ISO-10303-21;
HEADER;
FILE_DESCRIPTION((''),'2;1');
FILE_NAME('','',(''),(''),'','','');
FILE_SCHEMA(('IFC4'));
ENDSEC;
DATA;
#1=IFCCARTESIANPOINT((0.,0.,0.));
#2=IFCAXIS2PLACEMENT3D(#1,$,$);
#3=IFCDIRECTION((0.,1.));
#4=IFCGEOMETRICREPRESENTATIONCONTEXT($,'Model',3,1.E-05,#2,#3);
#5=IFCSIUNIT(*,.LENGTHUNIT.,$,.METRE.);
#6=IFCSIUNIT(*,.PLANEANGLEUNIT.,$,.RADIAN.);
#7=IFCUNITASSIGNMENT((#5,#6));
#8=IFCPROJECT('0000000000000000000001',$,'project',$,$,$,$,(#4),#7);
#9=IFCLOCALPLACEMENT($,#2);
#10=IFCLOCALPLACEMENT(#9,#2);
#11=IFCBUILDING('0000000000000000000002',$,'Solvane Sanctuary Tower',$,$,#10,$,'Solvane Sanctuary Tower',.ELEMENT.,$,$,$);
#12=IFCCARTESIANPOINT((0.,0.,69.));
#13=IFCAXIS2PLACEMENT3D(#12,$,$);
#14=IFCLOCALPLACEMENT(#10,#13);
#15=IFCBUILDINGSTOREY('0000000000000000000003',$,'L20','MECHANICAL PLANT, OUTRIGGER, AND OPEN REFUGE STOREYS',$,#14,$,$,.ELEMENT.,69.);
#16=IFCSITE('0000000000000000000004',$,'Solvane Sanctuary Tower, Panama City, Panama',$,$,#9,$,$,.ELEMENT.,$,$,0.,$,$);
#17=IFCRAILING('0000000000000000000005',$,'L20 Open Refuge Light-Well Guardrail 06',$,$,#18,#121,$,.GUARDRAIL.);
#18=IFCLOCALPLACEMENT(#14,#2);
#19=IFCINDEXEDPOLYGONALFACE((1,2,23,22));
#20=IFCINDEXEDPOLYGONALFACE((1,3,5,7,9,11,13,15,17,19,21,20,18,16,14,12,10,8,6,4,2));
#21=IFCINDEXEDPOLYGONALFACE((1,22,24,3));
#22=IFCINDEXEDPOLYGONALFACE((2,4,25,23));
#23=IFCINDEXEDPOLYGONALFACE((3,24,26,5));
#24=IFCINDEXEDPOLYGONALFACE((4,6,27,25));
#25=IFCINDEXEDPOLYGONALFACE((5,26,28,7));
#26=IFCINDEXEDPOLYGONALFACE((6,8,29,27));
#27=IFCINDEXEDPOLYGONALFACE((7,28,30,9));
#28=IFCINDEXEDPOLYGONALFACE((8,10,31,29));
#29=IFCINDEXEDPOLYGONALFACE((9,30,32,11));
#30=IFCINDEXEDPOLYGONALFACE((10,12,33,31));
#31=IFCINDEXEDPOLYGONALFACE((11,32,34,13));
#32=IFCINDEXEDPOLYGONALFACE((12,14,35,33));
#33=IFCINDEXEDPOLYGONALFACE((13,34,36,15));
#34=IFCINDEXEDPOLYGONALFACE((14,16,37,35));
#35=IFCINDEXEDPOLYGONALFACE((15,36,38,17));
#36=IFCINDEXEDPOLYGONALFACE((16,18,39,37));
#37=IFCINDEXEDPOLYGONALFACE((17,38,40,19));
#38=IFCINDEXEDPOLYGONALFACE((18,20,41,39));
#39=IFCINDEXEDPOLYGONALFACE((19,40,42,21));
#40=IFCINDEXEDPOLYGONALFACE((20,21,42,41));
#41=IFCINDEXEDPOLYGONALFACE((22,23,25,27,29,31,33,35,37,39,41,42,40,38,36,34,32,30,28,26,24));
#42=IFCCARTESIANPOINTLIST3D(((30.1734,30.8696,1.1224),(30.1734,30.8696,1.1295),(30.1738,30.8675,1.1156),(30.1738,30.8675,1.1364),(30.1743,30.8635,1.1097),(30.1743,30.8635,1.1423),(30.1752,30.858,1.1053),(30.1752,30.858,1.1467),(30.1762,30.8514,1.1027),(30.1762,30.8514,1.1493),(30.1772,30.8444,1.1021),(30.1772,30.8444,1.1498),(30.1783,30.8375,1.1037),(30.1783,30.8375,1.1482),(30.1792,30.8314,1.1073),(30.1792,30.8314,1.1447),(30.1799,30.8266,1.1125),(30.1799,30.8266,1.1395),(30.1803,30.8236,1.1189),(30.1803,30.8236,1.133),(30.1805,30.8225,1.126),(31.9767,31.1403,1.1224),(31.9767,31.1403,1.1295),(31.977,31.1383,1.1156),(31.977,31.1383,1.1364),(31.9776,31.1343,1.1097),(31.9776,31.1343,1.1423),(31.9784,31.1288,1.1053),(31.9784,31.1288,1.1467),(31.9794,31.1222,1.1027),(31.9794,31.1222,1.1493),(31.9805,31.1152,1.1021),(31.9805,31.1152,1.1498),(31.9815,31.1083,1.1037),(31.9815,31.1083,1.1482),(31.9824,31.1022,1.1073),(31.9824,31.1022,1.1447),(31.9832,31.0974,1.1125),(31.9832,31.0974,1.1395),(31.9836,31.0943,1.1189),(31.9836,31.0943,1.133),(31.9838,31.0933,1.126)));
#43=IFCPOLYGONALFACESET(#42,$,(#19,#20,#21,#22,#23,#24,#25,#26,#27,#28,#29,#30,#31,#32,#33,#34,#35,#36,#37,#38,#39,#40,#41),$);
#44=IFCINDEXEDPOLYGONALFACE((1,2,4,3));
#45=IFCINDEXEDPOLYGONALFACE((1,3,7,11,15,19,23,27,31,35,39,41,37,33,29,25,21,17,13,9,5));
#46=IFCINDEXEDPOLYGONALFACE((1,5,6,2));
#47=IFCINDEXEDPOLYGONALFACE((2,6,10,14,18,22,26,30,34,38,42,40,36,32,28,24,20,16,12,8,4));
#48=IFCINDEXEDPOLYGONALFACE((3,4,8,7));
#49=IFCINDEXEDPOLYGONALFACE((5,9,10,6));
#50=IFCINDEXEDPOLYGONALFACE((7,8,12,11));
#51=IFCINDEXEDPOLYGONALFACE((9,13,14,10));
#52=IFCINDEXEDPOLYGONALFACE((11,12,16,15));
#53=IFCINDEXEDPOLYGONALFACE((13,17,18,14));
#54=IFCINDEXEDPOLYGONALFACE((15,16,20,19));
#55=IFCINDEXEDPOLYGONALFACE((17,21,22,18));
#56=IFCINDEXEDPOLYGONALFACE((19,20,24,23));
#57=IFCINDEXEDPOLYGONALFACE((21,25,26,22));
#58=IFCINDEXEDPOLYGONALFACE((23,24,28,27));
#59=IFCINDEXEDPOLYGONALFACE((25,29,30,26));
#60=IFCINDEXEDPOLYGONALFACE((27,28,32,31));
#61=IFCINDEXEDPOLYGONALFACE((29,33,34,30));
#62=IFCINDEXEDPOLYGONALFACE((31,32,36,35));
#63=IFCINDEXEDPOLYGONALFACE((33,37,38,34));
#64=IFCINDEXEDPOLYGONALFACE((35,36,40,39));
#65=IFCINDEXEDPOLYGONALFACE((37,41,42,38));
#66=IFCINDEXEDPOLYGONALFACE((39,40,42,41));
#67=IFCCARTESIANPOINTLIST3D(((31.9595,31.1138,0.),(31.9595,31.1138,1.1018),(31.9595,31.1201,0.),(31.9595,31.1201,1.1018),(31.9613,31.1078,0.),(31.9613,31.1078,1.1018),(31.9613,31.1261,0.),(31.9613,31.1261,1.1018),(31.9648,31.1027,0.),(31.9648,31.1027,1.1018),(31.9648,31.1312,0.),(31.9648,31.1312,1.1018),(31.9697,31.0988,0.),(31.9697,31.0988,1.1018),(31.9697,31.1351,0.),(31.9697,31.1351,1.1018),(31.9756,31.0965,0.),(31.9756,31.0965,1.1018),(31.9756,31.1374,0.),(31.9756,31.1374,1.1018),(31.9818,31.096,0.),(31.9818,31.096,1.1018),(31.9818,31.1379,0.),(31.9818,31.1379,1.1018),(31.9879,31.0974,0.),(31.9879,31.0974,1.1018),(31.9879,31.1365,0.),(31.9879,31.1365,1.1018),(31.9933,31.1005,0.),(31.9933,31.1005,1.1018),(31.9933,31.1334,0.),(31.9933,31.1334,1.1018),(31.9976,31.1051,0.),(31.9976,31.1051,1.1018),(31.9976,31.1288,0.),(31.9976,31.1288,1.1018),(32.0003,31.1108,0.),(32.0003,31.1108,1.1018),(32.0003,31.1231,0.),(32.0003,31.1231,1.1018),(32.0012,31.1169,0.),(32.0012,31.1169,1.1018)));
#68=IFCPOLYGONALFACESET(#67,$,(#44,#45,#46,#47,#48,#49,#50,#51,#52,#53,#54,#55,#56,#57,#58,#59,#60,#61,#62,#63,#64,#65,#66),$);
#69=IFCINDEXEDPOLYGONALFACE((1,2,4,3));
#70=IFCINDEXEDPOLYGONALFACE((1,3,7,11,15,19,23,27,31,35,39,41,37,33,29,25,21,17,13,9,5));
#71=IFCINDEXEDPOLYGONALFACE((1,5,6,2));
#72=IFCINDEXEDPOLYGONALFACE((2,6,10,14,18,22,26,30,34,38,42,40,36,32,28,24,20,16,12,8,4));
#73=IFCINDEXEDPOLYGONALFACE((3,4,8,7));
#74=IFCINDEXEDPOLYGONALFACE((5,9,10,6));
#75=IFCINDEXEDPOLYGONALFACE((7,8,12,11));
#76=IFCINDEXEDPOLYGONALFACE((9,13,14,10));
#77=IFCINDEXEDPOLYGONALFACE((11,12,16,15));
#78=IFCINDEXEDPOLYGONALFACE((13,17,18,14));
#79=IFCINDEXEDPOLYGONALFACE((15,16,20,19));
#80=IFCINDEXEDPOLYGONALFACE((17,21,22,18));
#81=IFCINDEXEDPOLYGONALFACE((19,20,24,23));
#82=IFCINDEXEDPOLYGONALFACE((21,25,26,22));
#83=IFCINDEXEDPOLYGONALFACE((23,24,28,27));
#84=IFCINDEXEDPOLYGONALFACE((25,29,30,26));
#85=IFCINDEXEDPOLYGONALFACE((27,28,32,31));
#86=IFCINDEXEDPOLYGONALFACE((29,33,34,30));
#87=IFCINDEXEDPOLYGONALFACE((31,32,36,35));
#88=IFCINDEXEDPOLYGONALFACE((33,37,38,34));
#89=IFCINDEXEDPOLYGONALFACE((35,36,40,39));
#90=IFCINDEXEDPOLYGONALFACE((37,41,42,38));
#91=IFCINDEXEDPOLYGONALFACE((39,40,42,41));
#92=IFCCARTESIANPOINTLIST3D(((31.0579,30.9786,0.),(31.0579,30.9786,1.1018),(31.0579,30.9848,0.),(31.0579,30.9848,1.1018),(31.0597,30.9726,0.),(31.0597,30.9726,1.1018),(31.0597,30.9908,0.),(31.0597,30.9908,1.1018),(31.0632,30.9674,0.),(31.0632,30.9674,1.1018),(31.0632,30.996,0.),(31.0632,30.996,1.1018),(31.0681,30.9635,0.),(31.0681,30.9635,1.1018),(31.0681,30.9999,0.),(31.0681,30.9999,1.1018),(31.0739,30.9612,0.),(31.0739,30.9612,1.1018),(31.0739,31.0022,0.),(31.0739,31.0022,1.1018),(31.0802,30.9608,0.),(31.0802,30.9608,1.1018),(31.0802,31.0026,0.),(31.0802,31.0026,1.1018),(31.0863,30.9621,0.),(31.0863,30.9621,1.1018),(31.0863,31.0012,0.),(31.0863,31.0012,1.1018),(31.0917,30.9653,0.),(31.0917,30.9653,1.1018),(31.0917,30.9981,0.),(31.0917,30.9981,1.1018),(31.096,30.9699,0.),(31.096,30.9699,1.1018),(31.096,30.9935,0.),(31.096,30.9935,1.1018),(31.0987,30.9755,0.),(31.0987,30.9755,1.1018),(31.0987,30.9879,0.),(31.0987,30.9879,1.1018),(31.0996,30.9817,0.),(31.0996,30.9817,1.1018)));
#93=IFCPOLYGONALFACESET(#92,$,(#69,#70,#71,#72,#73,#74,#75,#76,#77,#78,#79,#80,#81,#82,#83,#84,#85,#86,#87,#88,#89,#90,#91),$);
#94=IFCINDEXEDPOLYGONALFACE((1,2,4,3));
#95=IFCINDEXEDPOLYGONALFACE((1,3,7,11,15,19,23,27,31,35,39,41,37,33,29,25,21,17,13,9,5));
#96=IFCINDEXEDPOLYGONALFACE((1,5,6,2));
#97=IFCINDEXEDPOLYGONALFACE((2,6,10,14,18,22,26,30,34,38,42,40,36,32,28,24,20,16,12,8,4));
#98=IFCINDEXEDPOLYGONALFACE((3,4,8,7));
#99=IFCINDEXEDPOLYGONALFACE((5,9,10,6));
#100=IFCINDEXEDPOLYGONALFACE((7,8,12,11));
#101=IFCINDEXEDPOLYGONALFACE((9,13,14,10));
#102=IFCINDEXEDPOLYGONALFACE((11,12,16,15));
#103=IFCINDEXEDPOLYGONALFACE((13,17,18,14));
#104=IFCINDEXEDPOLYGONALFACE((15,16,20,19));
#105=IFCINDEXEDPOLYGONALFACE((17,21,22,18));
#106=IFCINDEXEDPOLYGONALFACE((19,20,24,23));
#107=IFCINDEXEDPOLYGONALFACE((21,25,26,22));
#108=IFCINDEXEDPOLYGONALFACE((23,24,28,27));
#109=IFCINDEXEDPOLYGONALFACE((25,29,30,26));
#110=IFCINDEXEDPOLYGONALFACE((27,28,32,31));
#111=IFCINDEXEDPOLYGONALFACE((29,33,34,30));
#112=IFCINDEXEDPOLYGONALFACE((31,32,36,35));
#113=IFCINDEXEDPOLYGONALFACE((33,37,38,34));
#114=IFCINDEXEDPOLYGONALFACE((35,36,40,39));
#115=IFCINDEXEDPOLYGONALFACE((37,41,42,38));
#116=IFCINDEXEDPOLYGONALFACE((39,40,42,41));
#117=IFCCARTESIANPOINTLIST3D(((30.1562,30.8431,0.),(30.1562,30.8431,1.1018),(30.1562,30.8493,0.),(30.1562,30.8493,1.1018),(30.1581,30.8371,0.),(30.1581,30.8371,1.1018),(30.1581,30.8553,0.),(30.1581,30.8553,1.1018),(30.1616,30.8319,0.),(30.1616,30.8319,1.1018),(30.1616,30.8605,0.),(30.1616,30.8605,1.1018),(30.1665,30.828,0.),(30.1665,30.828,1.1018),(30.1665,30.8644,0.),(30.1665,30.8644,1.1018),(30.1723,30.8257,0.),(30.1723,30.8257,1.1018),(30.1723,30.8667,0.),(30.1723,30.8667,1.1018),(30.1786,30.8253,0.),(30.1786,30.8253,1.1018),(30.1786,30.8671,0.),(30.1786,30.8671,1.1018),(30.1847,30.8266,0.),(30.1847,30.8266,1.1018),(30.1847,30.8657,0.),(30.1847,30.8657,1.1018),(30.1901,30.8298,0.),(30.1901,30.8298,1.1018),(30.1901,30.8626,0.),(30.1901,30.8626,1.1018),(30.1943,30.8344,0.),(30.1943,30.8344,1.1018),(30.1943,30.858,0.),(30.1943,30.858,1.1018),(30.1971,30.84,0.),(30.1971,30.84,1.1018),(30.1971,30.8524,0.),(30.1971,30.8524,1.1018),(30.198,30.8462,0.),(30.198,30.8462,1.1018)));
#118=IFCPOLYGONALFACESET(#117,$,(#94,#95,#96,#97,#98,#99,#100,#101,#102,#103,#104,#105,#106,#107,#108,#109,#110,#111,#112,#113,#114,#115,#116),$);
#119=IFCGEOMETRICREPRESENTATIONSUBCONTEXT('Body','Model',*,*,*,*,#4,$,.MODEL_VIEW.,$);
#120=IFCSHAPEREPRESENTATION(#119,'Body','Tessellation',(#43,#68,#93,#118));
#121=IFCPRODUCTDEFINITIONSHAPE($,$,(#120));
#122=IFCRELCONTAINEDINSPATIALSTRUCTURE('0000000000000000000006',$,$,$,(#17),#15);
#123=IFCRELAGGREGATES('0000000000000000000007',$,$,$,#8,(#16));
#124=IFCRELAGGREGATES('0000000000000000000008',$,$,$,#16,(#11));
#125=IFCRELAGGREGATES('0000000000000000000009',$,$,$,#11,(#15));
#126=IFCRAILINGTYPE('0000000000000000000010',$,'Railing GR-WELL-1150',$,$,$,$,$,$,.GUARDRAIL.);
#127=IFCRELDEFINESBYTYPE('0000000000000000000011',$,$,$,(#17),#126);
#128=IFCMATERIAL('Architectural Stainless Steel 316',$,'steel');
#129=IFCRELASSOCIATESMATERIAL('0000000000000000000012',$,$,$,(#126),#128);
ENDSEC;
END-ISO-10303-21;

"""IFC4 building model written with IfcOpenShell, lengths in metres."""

from ifc_helpers import new_model, si_unit, direction, frame, origin, origin_2d, place, context, subcontext, project, spatial, circle, extrude, material, type_object, element, save


model = new_model("IFC4")

# Units and contexts
model_context = context("Model", 3, precision=1e-05, world=origin(), true_north=direction((0.0, 1.0)))
body_context = subcontext(model_context, "Body", "Model", "MODEL_VIEW")
ifc_project = project(units=[si_unit("LENGTHUNIT", "METRE"), si_unit("PLANEANGLEUNIT", "RADIAN")], contexts=[model_context])

# Site, building, storey
site_placement = place(None, origin())
site = spatial("IfcSite", under=ifc_project, at=site_placement, Name="Solvane Sanctuary Tower, Panama City, Panama", CompositionType="ELEMENT", RefElevation=0.0)
building_placement = place(site_placement, origin())
building = spatial("IfcBuilding", under=site, at=building_placement, Name="Solvane Sanctuary Tower", LongName="Solvane Sanctuary Tower", CompositionType="ELEMENT")
storey_placement = place(building_placement, frame((0.0, 0.0, 69.0)))
storey = spatial("IfcBuildingStorey", under=building, at=storey_placement, Name="L20", Description="MECHANICAL PLANT, OUTRIGGER, AND OPEN REFUGE STOREYS", CompositionType="ELEMENT", Elevation=69.0)

# Shared definitions
ifc_material_1 = material(Name="Architectural Stainless Steel 316", Category="steel")

# Railing
railing_type_1 = type_object("IfcRailingType", Name="Railing GR-WELL-1150", PredefinedType="GUARDRAIL", material=ifc_material_1)
railing_1_placement = place(storey_placement, frame((31.9802, 31.1169, 0.0)))
element("IfcRailing", 1, at=railing_1_placement, inside=storey, type_object=railing_type_1, Name="L20 Open Refuge Light-Well Guardrail 06", PredefinedType="GUARDRAIL", context=body_context, shape_type="SweptSolid", body=[
    extrude(circle(Radius=0.0239, at=origin_2d()), frame((0.0, 0.0, 1.126), z_axis=(-0.988915, -0.148484, 0.0), x_axis=(0.148484, -0.988915, 0.0)), (0.0, 0.0, 1.0), 1.8235),
    extrude(circle(Radius=0.021, at=origin_2d()), origin(), (0.0, 0.0, 1.0), 1.1018),
    extrude(circle(Radius=0.021, at=origin_2d()), frame((-0.9016, -0.1353, 0.0)), (0.0, 0.0, 1.0), 1.1018),
    extrude(circle(Radius=0.021, at=origin_2d()), frame((-1.8032, -0.2708, 0.0)), (0.0, 0.0, 1.0), 1.1018),
])

save(model, "model.ifc")
